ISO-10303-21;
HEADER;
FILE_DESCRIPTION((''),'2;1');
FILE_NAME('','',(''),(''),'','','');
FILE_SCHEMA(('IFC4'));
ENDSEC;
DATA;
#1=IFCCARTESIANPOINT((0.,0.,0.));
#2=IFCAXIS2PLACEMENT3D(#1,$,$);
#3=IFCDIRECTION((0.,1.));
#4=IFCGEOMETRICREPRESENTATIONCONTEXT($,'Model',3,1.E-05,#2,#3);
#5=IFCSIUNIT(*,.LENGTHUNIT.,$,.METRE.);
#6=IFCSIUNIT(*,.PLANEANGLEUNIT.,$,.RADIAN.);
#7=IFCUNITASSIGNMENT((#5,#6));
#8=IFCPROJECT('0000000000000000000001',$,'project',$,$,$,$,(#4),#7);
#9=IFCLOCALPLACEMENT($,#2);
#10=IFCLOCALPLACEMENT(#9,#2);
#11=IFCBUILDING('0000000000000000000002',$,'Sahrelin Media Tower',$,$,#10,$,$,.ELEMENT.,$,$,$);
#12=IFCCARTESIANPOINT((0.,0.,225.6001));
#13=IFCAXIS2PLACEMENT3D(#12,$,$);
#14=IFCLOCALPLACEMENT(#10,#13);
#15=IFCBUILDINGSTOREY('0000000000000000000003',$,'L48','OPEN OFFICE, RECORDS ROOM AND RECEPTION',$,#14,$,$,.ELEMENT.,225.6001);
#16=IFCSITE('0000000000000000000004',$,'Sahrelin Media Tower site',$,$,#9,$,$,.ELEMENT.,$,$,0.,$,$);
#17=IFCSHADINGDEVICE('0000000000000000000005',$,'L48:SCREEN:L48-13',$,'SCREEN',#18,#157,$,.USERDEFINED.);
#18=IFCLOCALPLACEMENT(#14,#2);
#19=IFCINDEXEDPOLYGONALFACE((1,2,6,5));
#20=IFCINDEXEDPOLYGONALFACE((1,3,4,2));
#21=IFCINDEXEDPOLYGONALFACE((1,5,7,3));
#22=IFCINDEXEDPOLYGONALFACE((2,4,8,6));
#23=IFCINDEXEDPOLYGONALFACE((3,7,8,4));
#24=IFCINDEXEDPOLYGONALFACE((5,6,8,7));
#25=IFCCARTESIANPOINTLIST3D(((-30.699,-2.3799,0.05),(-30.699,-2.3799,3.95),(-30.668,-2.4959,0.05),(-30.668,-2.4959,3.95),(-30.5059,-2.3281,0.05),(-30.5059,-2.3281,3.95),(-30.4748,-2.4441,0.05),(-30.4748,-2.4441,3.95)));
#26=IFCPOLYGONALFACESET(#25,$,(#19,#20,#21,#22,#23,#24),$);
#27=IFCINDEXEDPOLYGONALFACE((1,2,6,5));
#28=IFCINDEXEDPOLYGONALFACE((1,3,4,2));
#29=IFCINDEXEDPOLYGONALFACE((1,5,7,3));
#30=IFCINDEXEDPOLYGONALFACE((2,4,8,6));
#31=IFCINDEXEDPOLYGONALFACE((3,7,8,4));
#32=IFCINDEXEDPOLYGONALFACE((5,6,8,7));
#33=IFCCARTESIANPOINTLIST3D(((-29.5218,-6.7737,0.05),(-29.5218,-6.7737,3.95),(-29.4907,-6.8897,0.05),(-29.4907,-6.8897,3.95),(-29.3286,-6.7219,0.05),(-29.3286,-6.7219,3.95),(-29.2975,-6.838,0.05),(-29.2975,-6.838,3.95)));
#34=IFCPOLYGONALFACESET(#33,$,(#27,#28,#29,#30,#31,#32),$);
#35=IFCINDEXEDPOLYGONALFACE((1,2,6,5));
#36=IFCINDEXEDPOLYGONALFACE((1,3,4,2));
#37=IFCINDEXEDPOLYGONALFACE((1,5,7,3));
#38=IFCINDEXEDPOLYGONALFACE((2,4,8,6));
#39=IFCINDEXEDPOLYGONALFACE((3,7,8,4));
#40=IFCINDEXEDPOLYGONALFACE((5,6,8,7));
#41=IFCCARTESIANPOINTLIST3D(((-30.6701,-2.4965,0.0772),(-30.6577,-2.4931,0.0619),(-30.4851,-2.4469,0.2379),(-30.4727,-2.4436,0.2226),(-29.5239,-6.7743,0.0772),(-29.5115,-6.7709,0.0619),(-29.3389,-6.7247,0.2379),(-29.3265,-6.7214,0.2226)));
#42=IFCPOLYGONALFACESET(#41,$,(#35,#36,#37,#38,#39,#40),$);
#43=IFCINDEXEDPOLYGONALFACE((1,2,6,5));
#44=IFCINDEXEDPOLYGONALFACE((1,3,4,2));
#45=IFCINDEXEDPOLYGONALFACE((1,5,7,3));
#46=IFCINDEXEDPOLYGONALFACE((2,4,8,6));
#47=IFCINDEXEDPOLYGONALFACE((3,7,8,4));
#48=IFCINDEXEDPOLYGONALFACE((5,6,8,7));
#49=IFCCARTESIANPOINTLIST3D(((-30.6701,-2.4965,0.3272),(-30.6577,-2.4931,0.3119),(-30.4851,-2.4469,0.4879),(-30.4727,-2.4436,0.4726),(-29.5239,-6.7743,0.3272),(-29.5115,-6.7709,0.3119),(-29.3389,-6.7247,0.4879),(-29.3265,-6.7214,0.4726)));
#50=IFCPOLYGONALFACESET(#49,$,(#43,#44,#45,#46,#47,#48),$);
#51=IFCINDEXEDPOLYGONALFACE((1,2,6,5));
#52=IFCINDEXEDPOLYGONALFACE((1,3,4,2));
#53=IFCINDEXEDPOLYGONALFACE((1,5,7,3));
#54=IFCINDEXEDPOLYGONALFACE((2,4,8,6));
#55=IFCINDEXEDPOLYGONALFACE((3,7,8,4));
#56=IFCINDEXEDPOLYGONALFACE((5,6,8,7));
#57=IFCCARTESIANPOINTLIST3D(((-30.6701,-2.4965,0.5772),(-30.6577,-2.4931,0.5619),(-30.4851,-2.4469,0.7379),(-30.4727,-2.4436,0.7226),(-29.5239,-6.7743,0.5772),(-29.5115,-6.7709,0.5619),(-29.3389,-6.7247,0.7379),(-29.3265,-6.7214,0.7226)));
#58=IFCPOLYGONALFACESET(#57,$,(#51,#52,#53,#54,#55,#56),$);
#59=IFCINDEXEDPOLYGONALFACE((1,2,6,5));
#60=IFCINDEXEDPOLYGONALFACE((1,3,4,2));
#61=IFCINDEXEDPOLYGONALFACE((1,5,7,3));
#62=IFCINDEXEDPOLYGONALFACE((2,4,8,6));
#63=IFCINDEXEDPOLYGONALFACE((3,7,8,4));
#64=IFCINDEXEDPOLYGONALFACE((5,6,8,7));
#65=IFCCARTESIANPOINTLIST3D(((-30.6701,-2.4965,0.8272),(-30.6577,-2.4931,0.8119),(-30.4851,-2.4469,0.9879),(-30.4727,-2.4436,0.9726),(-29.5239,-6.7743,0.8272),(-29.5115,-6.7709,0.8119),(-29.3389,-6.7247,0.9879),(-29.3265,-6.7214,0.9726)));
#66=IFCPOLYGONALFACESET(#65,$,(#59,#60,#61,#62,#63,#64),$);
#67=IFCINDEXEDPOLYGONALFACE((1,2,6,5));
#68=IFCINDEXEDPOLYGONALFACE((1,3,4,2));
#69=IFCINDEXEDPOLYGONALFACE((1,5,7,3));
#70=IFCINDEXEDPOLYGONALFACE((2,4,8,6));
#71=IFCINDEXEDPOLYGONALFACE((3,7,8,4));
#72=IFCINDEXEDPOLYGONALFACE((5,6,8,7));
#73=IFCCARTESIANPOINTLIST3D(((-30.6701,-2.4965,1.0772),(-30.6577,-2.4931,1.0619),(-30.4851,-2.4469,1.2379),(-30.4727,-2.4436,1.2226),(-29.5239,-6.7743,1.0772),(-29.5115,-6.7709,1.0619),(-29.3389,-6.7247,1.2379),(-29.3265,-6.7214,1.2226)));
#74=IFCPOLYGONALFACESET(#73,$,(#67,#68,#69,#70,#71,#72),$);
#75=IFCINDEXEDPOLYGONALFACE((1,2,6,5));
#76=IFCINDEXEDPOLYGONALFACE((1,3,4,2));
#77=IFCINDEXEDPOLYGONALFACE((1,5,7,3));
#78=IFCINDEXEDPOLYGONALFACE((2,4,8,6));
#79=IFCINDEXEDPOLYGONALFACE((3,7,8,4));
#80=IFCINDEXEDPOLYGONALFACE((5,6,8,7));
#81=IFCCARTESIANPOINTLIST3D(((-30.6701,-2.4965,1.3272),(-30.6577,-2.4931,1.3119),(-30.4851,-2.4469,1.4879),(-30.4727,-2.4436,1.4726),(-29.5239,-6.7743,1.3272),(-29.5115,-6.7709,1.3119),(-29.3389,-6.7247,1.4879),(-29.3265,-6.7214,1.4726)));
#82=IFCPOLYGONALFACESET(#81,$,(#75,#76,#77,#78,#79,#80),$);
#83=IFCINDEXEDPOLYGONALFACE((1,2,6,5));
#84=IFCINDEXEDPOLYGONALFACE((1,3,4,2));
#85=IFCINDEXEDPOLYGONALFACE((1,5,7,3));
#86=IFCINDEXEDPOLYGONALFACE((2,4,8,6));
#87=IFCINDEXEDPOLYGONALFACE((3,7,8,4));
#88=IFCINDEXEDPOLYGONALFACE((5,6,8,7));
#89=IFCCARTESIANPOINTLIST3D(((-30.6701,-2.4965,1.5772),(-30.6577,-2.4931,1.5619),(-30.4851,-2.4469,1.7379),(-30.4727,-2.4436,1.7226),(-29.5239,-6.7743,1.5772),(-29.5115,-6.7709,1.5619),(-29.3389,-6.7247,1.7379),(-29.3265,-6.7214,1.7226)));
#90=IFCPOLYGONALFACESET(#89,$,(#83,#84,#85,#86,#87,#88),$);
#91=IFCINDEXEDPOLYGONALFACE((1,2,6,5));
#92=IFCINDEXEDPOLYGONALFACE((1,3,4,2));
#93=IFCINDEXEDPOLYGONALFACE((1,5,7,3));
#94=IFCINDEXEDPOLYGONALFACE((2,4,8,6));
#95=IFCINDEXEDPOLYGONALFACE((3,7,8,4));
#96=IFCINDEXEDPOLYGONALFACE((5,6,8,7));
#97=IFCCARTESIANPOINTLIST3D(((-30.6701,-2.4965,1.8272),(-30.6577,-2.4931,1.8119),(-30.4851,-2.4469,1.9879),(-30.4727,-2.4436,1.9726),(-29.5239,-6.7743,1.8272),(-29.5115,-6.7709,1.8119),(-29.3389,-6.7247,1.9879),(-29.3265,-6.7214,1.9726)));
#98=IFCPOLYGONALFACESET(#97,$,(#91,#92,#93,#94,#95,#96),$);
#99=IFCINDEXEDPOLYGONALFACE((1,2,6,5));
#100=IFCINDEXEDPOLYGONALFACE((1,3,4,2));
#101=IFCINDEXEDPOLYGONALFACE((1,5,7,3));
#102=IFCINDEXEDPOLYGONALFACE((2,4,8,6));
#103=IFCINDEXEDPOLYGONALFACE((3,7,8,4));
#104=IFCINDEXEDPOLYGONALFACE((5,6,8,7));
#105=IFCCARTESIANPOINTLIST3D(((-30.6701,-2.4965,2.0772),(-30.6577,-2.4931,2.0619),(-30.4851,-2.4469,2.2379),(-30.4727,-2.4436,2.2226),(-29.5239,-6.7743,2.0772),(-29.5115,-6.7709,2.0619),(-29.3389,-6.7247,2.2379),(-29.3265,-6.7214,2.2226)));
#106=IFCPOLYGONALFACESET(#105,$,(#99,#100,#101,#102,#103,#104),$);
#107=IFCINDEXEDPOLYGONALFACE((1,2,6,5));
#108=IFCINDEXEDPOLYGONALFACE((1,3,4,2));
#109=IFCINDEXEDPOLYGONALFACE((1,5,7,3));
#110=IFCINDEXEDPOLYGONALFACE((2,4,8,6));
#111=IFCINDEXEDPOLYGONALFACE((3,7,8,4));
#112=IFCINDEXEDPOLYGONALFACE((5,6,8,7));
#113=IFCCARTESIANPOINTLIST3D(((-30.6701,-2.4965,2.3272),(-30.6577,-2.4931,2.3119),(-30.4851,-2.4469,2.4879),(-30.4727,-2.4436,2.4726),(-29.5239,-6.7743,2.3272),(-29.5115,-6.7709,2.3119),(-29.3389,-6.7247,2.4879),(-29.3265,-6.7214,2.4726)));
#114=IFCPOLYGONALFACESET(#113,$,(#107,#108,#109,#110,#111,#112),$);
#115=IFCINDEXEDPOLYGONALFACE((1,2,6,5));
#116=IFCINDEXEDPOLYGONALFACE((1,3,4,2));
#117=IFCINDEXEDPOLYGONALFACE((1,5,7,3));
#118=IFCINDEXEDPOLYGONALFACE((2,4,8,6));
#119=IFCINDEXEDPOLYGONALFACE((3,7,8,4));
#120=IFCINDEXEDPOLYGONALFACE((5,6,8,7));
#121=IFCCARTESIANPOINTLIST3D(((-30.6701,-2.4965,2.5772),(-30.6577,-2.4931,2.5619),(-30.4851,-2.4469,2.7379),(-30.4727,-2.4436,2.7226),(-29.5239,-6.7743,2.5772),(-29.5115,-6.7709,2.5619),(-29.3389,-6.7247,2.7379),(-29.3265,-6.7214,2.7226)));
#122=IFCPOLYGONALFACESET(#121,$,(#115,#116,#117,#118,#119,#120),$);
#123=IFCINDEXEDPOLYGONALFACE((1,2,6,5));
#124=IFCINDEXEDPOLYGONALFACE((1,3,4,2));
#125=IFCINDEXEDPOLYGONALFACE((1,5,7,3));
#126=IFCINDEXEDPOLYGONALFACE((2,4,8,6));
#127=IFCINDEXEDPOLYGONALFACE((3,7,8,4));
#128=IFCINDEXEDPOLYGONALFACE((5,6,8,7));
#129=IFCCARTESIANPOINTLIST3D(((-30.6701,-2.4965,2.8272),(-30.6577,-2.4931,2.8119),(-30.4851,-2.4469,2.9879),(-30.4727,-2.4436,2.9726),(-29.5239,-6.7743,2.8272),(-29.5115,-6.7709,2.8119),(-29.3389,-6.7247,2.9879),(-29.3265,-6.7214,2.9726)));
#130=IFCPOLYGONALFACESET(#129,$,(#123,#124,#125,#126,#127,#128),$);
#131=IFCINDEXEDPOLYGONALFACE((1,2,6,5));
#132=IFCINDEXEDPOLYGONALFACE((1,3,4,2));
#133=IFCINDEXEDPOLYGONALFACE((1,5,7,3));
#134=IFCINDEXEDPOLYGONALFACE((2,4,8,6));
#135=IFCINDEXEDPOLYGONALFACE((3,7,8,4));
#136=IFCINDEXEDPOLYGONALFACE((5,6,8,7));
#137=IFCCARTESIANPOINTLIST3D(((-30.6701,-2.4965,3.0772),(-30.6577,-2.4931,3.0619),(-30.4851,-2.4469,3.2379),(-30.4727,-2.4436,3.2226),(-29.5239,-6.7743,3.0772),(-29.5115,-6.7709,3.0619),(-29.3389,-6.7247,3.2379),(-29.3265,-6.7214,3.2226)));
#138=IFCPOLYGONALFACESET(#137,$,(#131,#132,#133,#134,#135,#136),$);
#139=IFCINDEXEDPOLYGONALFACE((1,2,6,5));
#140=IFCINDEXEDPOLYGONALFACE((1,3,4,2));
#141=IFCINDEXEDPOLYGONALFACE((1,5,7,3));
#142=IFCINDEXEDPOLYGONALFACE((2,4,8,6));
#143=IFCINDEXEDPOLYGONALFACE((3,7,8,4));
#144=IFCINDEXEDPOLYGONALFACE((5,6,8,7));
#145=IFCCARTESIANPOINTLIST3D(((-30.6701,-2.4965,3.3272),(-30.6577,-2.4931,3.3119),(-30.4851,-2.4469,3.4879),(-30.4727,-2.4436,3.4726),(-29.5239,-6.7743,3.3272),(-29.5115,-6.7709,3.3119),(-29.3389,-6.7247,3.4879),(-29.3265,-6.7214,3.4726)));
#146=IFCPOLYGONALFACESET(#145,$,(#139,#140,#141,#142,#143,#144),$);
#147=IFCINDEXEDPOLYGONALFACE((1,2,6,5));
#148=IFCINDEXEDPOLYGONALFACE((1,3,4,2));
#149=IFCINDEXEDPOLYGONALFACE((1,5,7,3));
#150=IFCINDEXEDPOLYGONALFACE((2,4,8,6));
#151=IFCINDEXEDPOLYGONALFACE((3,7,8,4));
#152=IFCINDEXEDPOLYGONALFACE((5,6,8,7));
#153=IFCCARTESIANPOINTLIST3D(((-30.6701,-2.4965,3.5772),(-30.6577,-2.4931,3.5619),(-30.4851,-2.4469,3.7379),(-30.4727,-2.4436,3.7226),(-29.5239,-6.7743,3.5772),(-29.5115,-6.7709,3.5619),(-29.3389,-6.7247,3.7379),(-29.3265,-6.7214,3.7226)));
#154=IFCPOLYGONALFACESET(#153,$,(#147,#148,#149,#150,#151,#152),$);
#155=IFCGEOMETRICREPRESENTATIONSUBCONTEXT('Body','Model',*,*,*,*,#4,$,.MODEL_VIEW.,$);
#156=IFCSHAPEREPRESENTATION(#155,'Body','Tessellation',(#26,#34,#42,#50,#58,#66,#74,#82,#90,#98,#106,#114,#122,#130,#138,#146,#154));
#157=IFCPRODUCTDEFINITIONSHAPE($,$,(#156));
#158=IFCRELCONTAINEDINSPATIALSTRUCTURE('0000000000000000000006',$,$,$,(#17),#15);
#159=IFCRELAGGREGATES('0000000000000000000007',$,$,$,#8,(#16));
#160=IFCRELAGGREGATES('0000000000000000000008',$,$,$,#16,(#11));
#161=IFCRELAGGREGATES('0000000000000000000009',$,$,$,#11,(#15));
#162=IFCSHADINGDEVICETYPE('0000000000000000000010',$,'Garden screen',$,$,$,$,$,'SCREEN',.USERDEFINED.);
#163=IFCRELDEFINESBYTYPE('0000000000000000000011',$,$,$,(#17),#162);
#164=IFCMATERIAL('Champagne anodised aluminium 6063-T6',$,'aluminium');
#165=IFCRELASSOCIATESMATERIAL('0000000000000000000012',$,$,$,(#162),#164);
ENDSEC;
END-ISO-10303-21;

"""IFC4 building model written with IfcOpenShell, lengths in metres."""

from ifc_helpers import new_model, si_unit, direction, frame, origin, origin_2d, place, context, subcontext, project, spatial, rectangle, extrude, material, type_object, element, save


model = new_model("IFC4")

# Units and contexts
model_context = context("Model", 3, precision=1e-05, world=origin(), true_north=direction((0.0, 1.0)))
body_context = subcontext(model_context, "Body", "Model", "MODEL_VIEW")
ifc_project = project(units=[si_unit("LENGTHUNIT", "METRE"), si_unit("PLANEANGLEUNIT", "RADIAN")], contexts=[model_context])

# Site, building, storey
site_placement = place(None, origin())
site = spatial("IfcSite", under=ifc_project, at=site_placement, Name="Sahrelin Media Tower site", CompositionType="ELEMENT", RefElevation=0.0)
building_placement = place(site_placement, origin())
building = spatial("IfcBuilding", under=site, at=building_placement, Name="Sahrelin Media Tower", CompositionType="ELEMENT")
storey_placement = place(building_placement, frame((0.0, 0.0, 225.6001)))
storey = spatial("IfcBuildingStorey", under=building, at=storey_placement, Name="L48", Description="OPEN OFFICE, RECORDS ROOM AND RECEPTION", CompositionType="ELEMENT", Elevation=225.6001)

# Shading device
ifc_material_1 = material(Name="Champagne anodised aluminium 6063-T6", Category="aluminium")
shading_device_type = type_object("IfcShadingDeviceType", Name="Garden screen", ElementType="SCREEN", PredefinedType="USERDEFINED", material=ifc_material_1)
shading_device_1_placement = place(storey_placement, frame((-29.9016, -4.583, 0.0), z_axis=(0.0, 0.0, 1.0), x_axis=(-0.258808, 0.965929, 0.0)))
element("IfcShadingDevice", 1, at=shading_device_1_placement, inside=storey, type_object=shading_device_type, Name="L48:SCREEN:L48-13", ObjectType="SCREEN", PredefinedType="USERDEFINED", context=body_context, shape_type="SweptSolid", body=[
    extrude(rectangle(XDim=0.1201, YDim=0.2, at=origin_2d()), frame((2.2744, 0.1001, 0.05), z_axis=(0.0, 0.0, 1.0), x_axis=(1.0, 0.0, 0.0)), (0.0, 0.0, 1.0), 3.8999),
    extrude(rectangle(XDim=0.1201, YDim=0.2, at=origin_2d()), frame((-2.2744, 0.1001, 0.05), z_axis=(0.0, 0.0, 1.0), x_axis=(1.0, 0.0, 0.0)), (0.0, 0.0, 1.0), 3.8999),
    extrude(rectangle(XDim=0.25, YDim=0.02, at=origin_2d()), frame((2.2144, 0.1001, 0.1499), z_axis=(-1.0, 0.0, 0.0), x_axis=(0.0, -0.766044, 0.642788)), (0.0, 0.0, 1.0), 4.4287),
    extrude(rectangle(XDim=0.25, YDim=0.02, at=origin_2d()), frame((2.2144, 0.1001, 0.3999), z_axis=(-1.0, 0.0, 0.0), x_axis=(0.0, -0.766044, 0.642788)), (0.0, 0.0, 1.0), 4.4287),
    extrude(rectangle(XDim=0.25, YDim=0.02, at=origin_2d()), frame((2.2144, 0.1001, 0.6499), z_axis=(-1.0, 0.0, 0.0), x_axis=(0.0, -0.766044, 0.642788)), (0.0, 0.0, 1.0), 4.4287),
    extrude(rectangle(XDim=0.25, YDim=0.02, at=origin_2d()), frame((2.2144, 0.1001, 0.8999), z_axis=(-1.0, 0.0, 0.0), x_axis=(0.0, -0.766044, 0.642788)), (0.0, 0.0, 1.0), 4.4287),
    extrude(rectangle(XDim=0.25, YDim=0.02, at=origin_2d()), frame((2.2144, 0.1001, 1.1499), z_axis=(-1.0, 0.0, 0.0), x_axis=(0.0, -0.766044, 0.642788)), (0.0, 0.0, 1.0), 4.4287),
    extrude(rectangle(XDim=0.25, YDim=0.02, at=origin_2d()), frame((2.2144, 0.1001, 1.3999), z_axis=(-1.0, 0.0, 0.0), x_axis=(0.0, -0.766044, 0.642788)), (0.0, 0.0, 1.0), 4.4287),
    extrude(rectangle(XDim=0.25, YDim=0.02, at=origin_2d()), frame((2.2144, 0.1001, 1.6499), z_axis=(-1.0, 0.0, 0.0), x_axis=(0.0, -0.766044, 0.642788)), (0.0, 0.0, 1.0), 4.4287),
    extrude(rectangle(XDim=0.25, YDim=0.02, at=origin_2d()), frame((2.2144, 0.1001, 1.8999), z_axis=(-1.0, 0.0, 0.0), x_axis=(0.0, -0.766044, 0.642788)), (0.0, 0.0, 1.0), 4.4287),
    extrude(rectangle(XDim=0.25, YDim=0.02, at=origin_2d()), frame((2.2144, 0.1001, 2.1499), z_axis=(-1.0, 0.0, 0.0), x_axis=(0.0, -0.766044, 0.642788)), (0.0, 0.0, 1.0), 4.4287),
    extrude(rectangle(XDim=0.25, YDim=0.02, at=origin_2d()), frame((2.2144, 0.1001, 2.3999), z_axis=(-1.0, 0.0, 0.0), x_axis=(0.0, -0.766044, 0.642788)), (0.0, 0.0, 1.0), 4.4287),
    extrude(rectangle(XDim=0.25, YDim=0.02, at=origin_2d()), frame((2.2144, 0.1001, 2.6499), z_axis=(-1.0, 0.0, 0.0), x_axis=(0.0, -0.766044, 0.642788)), (0.0, 0.0, 1.0), 4.4287),
    extrude(rectangle(XDim=0.25, YDim=0.02, at=origin_2d()), frame((2.2144, 0.1001, 2.8999), z_axis=(-1.0, 0.0, 0.0), x_axis=(0.0, -0.766044, 0.642788)), (0.0, 0.0, 1.0), 4.4287),
    extrude(rectangle(XDim=0.25, YDim=0.02, at=origin_2d()), frame((2.2144, 0.1001, 3.1499), z_axis=(-1.0, 0.0, 0.0), x_axis=(0.0, -0.766044, 0.642788)), (0.0, 0.0, 1.0), 4.4287),
    extrude(rectangle(XDim=0.25, YDim=0.02, at=origin_2d()), frame((2.2144, 0.1001, 3.3999), z_axis=(-1.0, 0.0, 0.0), x_axis=(0.0, -0.766044, 0.642788)), (0.0, 0.0, 1.0), 4.4287),
    extrude(rectangle(XDim=0.25, YDim=0.02, at=origin_2d()), frame((2.2144, 0.1001, 3.6499), z_axis=(-1.0, 0.0, 0.0), x_axis=(0.0, -0.766044, 0.642788)), (0.0, 0.0, 1.0), 4.4287),
])

save(model, "model.ifc")
